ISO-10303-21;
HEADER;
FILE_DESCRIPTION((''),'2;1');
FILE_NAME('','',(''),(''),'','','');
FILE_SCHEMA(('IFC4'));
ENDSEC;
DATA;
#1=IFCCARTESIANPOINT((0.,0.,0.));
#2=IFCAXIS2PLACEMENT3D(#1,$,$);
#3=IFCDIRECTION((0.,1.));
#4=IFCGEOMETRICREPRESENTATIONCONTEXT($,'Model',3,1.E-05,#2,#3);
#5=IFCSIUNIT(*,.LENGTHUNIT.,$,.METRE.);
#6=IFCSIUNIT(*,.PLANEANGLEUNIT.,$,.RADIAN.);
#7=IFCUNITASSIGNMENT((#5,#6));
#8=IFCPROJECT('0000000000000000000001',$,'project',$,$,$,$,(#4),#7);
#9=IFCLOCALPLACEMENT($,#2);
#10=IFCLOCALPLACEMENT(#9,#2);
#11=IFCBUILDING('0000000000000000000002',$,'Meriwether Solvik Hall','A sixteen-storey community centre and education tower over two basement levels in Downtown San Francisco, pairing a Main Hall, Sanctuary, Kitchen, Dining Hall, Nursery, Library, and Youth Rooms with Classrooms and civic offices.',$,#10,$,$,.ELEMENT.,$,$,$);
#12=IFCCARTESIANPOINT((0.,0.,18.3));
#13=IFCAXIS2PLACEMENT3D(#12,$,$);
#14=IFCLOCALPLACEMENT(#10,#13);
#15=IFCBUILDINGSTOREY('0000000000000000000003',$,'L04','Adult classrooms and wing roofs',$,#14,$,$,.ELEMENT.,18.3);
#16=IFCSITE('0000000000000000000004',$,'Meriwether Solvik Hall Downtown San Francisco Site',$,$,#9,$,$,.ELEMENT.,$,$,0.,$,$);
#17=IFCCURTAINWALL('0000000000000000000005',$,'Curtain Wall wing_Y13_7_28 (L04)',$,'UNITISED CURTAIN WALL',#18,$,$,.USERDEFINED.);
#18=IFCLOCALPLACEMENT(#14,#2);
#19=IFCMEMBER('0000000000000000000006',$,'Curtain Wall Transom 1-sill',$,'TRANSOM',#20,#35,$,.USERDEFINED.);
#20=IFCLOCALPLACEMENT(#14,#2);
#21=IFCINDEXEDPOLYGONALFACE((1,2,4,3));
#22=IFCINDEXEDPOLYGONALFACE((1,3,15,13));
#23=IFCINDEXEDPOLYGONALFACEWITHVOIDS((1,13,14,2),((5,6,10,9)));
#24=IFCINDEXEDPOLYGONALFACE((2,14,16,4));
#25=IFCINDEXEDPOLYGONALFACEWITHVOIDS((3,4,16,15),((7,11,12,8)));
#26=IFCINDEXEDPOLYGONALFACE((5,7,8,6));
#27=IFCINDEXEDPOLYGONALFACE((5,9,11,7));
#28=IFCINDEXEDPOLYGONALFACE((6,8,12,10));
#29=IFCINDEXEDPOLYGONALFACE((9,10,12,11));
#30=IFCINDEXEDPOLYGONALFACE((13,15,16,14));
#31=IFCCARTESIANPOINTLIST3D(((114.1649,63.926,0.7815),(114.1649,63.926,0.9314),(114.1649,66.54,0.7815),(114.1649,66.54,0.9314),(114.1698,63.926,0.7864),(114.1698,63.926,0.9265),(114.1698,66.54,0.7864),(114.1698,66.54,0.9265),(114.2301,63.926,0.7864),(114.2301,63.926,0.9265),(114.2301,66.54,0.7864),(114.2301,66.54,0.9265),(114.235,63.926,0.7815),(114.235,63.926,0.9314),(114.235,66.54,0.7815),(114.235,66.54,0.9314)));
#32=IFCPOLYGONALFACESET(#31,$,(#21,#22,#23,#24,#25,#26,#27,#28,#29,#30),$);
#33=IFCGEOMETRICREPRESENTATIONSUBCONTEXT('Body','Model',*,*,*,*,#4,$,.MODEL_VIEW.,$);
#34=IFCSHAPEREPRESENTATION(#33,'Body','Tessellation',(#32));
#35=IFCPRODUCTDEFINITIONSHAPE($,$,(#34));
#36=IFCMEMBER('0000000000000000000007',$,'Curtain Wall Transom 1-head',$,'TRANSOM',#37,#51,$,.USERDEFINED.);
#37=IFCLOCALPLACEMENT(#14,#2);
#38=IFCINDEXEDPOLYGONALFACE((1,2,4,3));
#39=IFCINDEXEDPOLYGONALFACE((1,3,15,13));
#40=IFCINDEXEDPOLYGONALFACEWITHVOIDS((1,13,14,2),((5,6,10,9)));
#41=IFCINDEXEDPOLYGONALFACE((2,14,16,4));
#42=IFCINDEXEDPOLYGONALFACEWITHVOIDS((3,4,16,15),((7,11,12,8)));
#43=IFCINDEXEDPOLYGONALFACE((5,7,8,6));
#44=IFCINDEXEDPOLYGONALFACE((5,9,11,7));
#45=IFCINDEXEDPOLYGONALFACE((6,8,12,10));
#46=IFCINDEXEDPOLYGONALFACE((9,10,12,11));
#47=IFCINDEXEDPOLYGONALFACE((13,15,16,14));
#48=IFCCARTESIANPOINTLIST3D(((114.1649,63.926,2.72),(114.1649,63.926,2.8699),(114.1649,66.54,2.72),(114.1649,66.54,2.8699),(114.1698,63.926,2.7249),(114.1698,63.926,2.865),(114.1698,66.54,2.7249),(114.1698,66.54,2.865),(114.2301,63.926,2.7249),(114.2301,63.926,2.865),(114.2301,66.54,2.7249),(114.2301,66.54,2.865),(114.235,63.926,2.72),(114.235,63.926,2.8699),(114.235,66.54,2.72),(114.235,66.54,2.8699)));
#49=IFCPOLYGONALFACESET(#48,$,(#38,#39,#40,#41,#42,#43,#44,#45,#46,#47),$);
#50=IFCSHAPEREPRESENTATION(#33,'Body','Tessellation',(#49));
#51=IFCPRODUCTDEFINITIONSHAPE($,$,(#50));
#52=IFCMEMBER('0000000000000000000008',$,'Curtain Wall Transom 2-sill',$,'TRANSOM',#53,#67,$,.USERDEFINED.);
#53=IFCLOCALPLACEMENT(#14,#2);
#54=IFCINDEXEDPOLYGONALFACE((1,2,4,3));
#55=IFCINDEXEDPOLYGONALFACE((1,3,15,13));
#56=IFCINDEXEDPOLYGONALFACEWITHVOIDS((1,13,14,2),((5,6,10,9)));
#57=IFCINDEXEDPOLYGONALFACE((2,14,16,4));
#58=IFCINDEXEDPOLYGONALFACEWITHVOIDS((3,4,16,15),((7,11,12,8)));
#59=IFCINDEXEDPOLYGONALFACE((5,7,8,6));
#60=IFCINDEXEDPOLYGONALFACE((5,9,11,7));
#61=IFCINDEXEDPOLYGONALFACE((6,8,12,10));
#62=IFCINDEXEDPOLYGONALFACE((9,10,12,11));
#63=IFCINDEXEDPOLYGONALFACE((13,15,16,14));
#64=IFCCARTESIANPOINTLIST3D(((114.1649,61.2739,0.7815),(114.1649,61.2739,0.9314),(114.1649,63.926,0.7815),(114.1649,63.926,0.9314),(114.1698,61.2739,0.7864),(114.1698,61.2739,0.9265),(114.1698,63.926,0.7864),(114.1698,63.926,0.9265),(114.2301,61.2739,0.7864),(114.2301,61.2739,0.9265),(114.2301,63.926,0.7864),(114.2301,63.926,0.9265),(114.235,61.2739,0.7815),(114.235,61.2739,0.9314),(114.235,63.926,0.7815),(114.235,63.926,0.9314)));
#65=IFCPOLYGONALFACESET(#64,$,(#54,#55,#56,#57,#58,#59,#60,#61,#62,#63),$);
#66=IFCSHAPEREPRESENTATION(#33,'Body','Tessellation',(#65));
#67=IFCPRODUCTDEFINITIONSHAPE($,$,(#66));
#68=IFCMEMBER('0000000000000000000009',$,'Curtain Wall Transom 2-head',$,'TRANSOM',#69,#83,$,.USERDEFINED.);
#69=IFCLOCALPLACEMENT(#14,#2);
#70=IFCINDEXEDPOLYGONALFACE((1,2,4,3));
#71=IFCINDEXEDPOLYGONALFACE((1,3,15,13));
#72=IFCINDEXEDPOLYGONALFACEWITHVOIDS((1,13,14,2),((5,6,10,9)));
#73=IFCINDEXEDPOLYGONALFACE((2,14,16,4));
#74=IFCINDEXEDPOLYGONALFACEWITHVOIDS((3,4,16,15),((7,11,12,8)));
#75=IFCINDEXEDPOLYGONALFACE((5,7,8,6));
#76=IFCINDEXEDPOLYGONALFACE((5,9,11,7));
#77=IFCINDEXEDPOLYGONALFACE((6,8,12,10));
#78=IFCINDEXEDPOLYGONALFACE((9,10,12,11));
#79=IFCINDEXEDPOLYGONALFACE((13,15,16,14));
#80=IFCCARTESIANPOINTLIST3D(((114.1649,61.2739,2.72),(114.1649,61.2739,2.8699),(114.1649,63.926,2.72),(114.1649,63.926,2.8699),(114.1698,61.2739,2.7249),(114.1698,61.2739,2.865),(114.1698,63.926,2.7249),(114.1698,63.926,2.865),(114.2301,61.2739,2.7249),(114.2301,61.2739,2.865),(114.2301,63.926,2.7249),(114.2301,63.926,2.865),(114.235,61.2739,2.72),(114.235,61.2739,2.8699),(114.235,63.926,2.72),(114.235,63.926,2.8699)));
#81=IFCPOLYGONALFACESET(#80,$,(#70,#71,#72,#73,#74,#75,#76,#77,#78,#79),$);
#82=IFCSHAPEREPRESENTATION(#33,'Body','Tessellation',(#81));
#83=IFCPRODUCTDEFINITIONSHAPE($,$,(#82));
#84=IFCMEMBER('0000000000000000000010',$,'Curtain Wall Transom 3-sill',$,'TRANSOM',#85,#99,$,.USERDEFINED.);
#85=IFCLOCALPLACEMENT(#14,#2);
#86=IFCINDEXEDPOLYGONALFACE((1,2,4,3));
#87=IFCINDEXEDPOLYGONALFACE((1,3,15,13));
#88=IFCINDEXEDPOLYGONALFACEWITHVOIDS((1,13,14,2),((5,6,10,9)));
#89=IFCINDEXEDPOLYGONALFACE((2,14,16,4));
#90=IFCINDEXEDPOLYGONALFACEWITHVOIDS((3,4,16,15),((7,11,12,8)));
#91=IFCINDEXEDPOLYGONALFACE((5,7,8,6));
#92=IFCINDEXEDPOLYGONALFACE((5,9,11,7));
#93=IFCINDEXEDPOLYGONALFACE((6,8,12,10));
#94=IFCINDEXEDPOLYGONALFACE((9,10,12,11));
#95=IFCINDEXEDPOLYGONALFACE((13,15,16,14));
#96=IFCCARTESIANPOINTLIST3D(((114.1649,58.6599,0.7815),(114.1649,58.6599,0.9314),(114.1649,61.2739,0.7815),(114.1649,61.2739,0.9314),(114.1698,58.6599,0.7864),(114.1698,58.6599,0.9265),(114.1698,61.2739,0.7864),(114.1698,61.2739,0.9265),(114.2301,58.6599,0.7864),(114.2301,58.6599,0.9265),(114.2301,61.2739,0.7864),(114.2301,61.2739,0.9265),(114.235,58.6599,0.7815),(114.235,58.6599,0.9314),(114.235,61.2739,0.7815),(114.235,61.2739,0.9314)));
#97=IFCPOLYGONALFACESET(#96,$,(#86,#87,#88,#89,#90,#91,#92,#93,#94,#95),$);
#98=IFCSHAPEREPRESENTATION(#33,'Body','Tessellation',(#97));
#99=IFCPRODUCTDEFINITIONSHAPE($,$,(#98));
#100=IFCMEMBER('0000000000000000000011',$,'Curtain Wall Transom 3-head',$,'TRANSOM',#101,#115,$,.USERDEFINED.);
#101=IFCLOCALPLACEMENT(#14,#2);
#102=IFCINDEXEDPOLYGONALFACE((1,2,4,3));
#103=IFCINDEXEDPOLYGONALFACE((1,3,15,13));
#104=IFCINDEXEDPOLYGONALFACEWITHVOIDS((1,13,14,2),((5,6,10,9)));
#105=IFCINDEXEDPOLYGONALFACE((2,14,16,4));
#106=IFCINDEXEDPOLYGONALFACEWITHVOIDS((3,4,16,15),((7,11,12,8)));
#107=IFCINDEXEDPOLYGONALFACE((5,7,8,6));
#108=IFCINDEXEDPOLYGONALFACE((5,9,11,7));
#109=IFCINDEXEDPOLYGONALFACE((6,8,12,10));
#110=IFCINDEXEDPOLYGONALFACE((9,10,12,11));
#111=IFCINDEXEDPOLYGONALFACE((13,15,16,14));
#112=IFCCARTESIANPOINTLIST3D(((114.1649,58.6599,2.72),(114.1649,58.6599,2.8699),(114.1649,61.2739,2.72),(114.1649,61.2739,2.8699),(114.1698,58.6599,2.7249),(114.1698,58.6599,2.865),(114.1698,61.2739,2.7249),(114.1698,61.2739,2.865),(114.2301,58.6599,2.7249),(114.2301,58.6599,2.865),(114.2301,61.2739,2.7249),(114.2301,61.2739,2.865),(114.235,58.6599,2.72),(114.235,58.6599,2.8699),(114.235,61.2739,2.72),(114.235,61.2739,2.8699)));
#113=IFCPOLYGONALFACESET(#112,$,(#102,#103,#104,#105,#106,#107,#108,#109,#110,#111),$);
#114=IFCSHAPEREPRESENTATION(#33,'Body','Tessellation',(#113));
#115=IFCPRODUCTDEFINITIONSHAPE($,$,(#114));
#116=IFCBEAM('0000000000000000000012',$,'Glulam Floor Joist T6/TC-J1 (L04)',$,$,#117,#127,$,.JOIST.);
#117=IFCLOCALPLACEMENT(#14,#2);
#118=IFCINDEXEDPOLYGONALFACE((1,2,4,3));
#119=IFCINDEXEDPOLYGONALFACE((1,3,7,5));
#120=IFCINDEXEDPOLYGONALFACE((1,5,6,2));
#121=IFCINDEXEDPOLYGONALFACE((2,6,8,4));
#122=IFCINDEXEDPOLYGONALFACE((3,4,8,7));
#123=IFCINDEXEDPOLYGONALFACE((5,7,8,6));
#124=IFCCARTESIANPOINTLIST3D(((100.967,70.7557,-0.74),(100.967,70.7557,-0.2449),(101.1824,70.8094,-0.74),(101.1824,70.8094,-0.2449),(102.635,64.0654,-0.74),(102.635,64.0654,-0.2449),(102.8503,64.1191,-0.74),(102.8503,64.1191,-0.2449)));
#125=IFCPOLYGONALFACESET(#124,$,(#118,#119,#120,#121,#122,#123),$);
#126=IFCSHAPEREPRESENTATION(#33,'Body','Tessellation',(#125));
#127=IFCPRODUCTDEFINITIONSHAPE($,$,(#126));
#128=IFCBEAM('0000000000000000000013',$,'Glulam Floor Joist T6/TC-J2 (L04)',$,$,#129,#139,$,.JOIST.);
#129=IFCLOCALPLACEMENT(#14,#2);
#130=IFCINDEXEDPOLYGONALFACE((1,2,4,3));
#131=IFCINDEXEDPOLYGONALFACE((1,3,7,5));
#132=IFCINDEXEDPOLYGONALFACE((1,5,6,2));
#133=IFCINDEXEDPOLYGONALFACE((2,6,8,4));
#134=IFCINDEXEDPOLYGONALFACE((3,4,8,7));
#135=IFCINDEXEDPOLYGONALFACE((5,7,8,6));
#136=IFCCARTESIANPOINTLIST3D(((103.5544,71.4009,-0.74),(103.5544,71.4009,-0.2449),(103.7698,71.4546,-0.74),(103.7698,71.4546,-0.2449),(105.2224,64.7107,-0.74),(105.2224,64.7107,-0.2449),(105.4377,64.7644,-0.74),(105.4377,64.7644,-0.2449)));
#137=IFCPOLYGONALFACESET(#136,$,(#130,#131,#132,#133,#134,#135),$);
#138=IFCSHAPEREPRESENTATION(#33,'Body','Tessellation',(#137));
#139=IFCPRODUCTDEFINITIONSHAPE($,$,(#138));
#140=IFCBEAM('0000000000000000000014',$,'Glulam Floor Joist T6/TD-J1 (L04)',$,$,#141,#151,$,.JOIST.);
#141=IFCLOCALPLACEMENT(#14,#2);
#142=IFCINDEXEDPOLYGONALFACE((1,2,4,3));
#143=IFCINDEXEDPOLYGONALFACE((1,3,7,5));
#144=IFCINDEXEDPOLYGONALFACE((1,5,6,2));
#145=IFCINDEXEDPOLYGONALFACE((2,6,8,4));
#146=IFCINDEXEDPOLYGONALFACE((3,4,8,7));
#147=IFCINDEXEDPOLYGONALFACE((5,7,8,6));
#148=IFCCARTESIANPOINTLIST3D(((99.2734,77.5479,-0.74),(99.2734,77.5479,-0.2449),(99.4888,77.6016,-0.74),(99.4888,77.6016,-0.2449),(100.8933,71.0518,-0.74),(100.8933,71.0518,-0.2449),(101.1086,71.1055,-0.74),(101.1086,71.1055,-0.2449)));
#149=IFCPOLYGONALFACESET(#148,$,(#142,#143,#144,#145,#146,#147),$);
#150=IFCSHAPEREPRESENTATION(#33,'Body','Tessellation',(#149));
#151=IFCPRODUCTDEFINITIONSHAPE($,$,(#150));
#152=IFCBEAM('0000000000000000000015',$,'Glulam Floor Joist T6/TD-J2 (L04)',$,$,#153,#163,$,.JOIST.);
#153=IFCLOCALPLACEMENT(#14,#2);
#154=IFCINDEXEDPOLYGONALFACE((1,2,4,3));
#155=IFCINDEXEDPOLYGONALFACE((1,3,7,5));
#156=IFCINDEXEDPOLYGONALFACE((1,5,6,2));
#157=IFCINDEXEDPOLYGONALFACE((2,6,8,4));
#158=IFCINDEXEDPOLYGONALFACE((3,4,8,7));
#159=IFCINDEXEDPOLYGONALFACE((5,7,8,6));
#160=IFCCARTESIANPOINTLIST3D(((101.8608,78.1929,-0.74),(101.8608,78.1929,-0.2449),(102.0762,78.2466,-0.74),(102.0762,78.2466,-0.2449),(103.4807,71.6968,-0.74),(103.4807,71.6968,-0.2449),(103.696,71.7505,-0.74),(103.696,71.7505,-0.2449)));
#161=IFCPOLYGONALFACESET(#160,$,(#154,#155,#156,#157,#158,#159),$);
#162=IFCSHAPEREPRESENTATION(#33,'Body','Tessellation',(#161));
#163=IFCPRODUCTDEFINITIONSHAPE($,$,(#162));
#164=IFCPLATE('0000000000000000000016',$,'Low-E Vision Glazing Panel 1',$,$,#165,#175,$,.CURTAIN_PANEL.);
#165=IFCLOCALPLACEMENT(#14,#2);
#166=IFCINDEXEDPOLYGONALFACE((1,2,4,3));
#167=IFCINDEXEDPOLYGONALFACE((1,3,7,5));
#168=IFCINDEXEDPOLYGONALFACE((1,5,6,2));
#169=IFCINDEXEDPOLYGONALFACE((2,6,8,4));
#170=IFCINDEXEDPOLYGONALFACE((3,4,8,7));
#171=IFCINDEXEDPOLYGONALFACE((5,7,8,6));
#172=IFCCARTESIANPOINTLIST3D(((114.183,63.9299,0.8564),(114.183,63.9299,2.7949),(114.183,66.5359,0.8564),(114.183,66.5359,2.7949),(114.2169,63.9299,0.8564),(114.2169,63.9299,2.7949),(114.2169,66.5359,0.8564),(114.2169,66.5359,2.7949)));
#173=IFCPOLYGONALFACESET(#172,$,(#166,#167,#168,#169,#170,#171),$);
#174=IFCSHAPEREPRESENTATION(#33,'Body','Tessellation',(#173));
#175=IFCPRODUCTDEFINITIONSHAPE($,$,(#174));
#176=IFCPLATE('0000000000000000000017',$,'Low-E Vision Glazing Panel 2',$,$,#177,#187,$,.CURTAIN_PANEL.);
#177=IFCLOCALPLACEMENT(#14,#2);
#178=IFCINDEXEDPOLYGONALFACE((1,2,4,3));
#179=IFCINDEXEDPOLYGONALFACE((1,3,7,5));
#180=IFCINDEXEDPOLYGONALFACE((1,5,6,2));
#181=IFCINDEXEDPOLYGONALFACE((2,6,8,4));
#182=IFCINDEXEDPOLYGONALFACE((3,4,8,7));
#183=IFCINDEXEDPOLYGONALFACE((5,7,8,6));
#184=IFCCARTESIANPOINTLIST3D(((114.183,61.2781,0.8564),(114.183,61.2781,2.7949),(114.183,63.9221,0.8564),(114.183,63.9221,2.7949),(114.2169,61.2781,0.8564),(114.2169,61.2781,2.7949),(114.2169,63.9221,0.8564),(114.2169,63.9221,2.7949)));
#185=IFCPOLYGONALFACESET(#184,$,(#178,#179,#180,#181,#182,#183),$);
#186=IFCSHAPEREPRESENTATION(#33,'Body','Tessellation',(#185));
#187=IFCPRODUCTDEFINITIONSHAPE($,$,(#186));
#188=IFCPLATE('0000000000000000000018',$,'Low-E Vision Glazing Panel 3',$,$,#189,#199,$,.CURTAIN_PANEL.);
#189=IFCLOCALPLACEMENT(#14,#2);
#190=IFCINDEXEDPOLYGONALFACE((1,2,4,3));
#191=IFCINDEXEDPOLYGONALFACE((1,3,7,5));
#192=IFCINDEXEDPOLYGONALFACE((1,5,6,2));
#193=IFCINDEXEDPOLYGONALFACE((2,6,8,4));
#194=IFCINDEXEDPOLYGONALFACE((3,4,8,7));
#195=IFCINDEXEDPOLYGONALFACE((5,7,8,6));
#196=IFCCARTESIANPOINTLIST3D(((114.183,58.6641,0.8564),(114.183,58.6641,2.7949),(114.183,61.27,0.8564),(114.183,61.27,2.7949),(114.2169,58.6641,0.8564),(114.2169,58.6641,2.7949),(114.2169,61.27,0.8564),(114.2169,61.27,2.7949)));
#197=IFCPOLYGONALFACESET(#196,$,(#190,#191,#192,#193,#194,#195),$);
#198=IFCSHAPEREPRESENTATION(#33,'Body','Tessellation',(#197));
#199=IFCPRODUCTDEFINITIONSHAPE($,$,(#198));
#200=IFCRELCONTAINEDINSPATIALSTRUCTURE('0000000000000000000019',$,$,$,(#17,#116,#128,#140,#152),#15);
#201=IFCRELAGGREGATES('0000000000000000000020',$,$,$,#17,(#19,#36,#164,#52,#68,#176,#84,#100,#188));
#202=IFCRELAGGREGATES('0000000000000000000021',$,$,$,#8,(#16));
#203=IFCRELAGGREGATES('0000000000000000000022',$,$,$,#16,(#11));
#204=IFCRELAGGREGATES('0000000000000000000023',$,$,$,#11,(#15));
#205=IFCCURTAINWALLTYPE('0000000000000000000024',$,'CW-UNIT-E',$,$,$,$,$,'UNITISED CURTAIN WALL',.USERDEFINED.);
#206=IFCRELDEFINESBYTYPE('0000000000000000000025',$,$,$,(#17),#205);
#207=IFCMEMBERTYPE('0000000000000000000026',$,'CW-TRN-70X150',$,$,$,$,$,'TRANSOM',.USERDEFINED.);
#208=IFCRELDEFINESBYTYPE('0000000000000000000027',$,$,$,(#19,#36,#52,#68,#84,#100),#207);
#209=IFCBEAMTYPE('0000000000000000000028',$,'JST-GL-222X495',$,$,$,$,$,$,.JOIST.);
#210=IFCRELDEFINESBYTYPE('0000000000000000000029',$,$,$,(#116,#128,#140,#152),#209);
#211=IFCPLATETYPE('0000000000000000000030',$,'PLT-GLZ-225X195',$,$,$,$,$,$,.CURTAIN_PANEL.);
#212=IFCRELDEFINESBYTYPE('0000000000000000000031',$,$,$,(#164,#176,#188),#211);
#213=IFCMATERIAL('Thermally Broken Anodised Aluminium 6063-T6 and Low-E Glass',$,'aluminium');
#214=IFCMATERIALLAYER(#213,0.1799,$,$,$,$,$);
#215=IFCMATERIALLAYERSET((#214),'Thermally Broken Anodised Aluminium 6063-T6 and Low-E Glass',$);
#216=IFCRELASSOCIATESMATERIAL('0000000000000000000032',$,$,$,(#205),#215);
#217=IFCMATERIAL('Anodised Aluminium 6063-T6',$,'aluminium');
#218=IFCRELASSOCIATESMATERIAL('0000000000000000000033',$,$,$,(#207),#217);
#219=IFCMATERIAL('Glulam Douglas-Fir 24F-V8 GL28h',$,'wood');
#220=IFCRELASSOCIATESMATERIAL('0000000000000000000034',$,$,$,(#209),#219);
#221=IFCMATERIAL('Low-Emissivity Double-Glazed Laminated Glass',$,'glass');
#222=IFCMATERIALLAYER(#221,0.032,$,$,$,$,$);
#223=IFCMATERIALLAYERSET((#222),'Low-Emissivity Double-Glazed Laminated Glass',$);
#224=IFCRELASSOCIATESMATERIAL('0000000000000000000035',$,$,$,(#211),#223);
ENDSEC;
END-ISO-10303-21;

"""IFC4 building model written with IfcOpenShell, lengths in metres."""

from ifc_helpers import new_model, si_unit, direction, frame, origin, origin_2d, place, context, subcontext, project, spatial, rectangle, hollow_rectangle, extrude, material, layer, layer_set, material_profile, profile_set, type_object, element, aggregate, save


model = new_model("IFC4")

# Units and contexts
model_context = context("Model", 3, precision=1e-05, world=origin(), true_north=direction((0.0, 1.0)))
body_context = subcontext(model_context, "Body", "Model", "MODEL_VIEW")
ifc_project = project(units=[si_unit("LENGTHUNIT", "METRE"), si_unit("PLANEANGLEUNIT", "RADIAN")], contexts=[model_context])

# Site, building, storey
site_placement = place(None, origin())
site = spatial("IfcSite", under=ifc_project, at=site_placement, Name="Meriwether Solvik Hall Downtown San Francisco Site", CompositionType="ELEMENT", RefElevation=0.0)
building_placement = place(site_placement, origin())
building = spatial("IfcBuilding", under=site, at=building_placement, Name="Meriwether Solvik Hall", Description="A sixteen-storey community centre and education tower over two basement levels in Downtown San Francisco, pairing a Main Hall, Sanctuary, Kitchen, Dining Hall, Nursery, Library, and Youth Rooms with Classrooms and civic offices.", CompositionType="ELEMENT")
storey_placement = place(building_placement, frame((0.0, 0.0, 18.3)))
storey = spatial("IfcBuildingStorey", under=building, at=storey_placement, Name="L04", Description="Adult classrooms and wing roofs", CompositionType="ELEMENT", Elevation=18.3)

# Curtain wall, members
ifc_material_1 = material(Name="Thermally Broken Anodised Aluminium 6063-T6 and Low-E Glass", Category="aluminium")
ifc_layer_1 = layer(ifc_material_1, 0.1799)
ifc_layer_set_1 = layer_set([ifc_layer_1], Name="Thermally Broken Anodised Aluminium 6063-T6 and Low-E Glass")
curtain_wall_type = type_object("IfcCurtainWallType", Name="CW-UNIT-E", ElementType="UNITISED CURTAIN WALL", PredefinedType="USERDEFINED", material=ifc_layer_set_1)
curtain_wall_placement = place(storey_placement, origin())
curtain_wall = element("IfcCurtainWall", 1, at=curtain_wall_placement, inside=storey, type_object=curtain_wall_type, Name="Curtain Wall wing_Y13_7_28 (L04)", ObjectType="UNITISED CURTAIN WALL", PredefinedType="USERDEFINED")
ifc_material_2 = material(Name="Anodised Aluminium 6063-T6", Category="aluminium")
ifc_material_profile_1 = material_profile(ifc_material_2, hollow_rectangle(XDim=0.0701, YDim=0.1499, WallThickness=0.0049, at=origin_2d()), Name="CWT-70X150")
ifc_profile_set_1 = profile_set([ifc_material_profile_1], Name="Anodised Aluminium 6063-T6")
member_type_1 = type_object("IfcMemberType", Name="CW-TRN-70X150", ElementType="TRANSOM", PredefinedType="USERDEFINED", material=ifc_profile_set_1)
member_1_placement = place(storey_placement, frame((114.2, 66.54, 0.8564), z_axis=(0.0, -1.0, 0.0), x_axis=(1.0, 0.0, 0.0)))
member_1 = element("IfcMember", 2, at=member_1_placement, type_object=member_type_1, Name="Curtain Wall Transom 1-sill", ObjectType="TRANSOM", PredefinedType="USERDEFINED", context=body_context, shape_type="SweptSolid", body=[
    extrude(hollow_rectangle(XDim=0.0701, YDim=0.1499, WallThickness=0.0049, at=origin_2d()), origin(), (0.0, 0.0, 1.0), 2.614),
])
member_2_placement = place(storey_placement, frame((114.2, 66.54, 2.7949), z_axis=(0.0, -1.0, 0.0), x_axis=(1.0, 0.0, 0.0)))
member_2 = element("IfcMember", 3, at=member_2_placement, type_object=member_type_1, Name="Curtain Wall Transom 1-head", ObjectType="TRANSOM", PredefinedType="USERDEFINED", context=body_context, shape_type="SweptSolid", body=[
    extrude(hollow_rectangle(XDim=0.0701, YDim=0.1499, WallThickness=0.0049, at=origin_2d()), origin(), (0.0, 0.0, 1.0), 2.614),
])
member_3_placement = place(storey_placement, frame((114.2, 63.926, 0.8564), z_axis=(0.0, -1.0, 0.0), x_axis=(1.0, 0.0, 0.0)))
member_3 = element("IfcMember", 4, at=member_3_placement, type_object=member_type_1, Name="Curtain Wall Transom 2-sill", ObjectType="TRANSOM", PredefinedType="USERDEFINED", context=body_context, shape_type="SweptSolid", body=[
    extrude(hollow_rectangle(XDim=0.0701, YDim=0.1499, WallThickness=0.0049, at=origin_2d()), origin(), (0.0, 0.0, 1.0), 2.6521),
])
member_4_placement = place(storey_placement, frame((114.2, 63.926, 2.7949), z_axis=(0.0, -1.0, 0.0), x_axis=(1.0, 0.0, 0.0)))
member_4 = element("IfcMember", 5, at=member_4_placement, type_object=member_type_1, Name="Curtain Wall Transom 2-head", ObjectType="TRANSOM", PredefinedType="USERDEFINED", context=body_context, shape_type="SweptSolid", body=[
    extrude(hollow_rectangle(XDim=0.0701, YDim=0.1499, WallThickness=0.0049, at=origin_2d()), origin(), (0.0, 0.0, 1.0), 2.6521),
])
member_5_placement = place(storey_placement, frame((114.2, 61.2739, 0.8564), z_axis=(0.0, -1.0, 0.0), x_axis=(1.0, 0.0, 0.0)))
member_5 = element("IfcMember", 6, at=member_5_placement, type_object=member_type_1, Name="Curtain Wall Transom 3-sill", ObjectType="TRANSOM", PredefinedType="USERDEFINED", context=body_context, shape_type="SweptSolid", body=[
    extrude(hollow_rectangle(XDim=0.0701, YDim=0.1499, WallThickness=0.0049, at=origin_2d()), origin(), (0.0, 0.0, 1.0), 2.614),
])
member_6_placement = place(storey_placement, frame((114.2, 61.2739, 2.7949), z_axis=(0.0, -1.0, 0.0), x_axis=(1.0, 0.0, 0.0)))
member_6 = element("IfcMember", 7, at=member_6_placement, type_object=member_type_1, Name="Curtain Wall Transom 3-head", ObjectType="TRANSOM", PredefinedType="USERDEFINED", context=body_context, shape_type="SweptSolid", body=[
    extrude(hollow_rectangle(XDim=0.0701, YDim=0.1499, WallThickness=0.0049, at=origin_2d()), origin(), (0.0, 0.0, 1.0), 2.614),
])

# Beams
ifc_material_3 = material(Name="Glulam Douglas-Fir 24F-V8 GL28h", Category="wood")
ifc_material_profile_2 = material_profile(ifc_material_3, rectangle(XDim=0.2219, YDim=0.4951, at=origin_2d()), Name="GLJ-222X495")
ifc_profile_set_2 = profile_set([ifc_material_profile_2], Name="Glulam Douglas-Fir 24F-V8 GL28h")
beam_type_1 = type_object("IfcBeamType", Name="JST-GL-222X495", PredefinedType="JOIST", material=ifc_profile_set_2)
for number, where, z_axis, x_axis, name in (
    (8, (102.7427, 64.0923, -0.4924), (-0.241911, 0.970299, 0.0), (-0.970299, -0.241911, 0.0), "Glulam Floor Joist T6/TC-J1 (L04)"),
    (9, (105.3301, 64.7375, -0.4924), (-0.241911, 0.970299, 0.0), (-0.970299, -0.241911, 0.0), "Glulam Floor Joist T6/TC-J2 (L04)"),
):
    element("IfcBeam", number, at=place(storey_placement, frame(where, z_axis=z_axis, x_axis=x_axis)), inside=storey, type_object=beam_type_1, Name=name, PredefinedType="JOIST", context=body_context, shape_type="SweptSolid", body=[
        extrude(rectangle(XDim=0.2219, YDim=0.4951, at=origin_2d()), origin(), (0.0, 0.0, 1.0), 6.895),
    ])
for number, where, z_axis, x_axis, name in (
    (10, (101.001, 71.0786, -0.4924), (-0.241952, 0.970288, 0.0), (-0.970288, -0.241952, 0.0), "Glulam Floor Joist T6/TD-J1 (L04)"),
    (11, (103.5884, 71.7236, -0.4924), (-0.241952, 0.970288, 0.0), (-0.970288, -0.241952, 0.0), "Glulam Floor Joist T6/TD-J2 (L04)"),
):
    element("IfcBeam", number, at=place(storey_placement, frame(where, z_axis=z_axis, x_axis=x_axis)), inside=storey, type_object=beam_type_1, Name=name, PredefinedType="JOIST", context=body_context, shape_type="SweptSolid", body=[
        extrude(rectangle(XDim=0.2219, YDim=0.4951, at=origin_2d()), origin(), (0.0, 0.0, 1.0), 6.6951),
    ])

# Plates
ifc_material_4 = material(Name="Low-Emissivity Double-Glazed Laminated Glass", Category="glass")
ifc_layer_2 = layer(ifc_material_4, 0.032)
ifc_layer_set_2 = layer_set([ifc_layer_2], Name="Low-Emissivity Double-Glazed Laminated Glass")
plate_type_1 = type_object("IfcPlateType", Name="PLT-GLZ-225X195", PredefinedType="CURTAIN_PANEL", material=ifc_layer_set_2)
plate_1_placement = place(storey_placement, frame((114.2, 65.2329, 0.8564), z_axis=(0.0, 0.0, 1.0), x_axis=(0.0, -1.0, 0.0)))
plate_1 = element("IfcPlate", 12, at=plate_1_placement, type_object=plate_type_1, Name="Low-E Vision Glazing Panel 1", PredefinedType="CURTAIN_PANEL", context=body_context, shape_type="SweptSolid", body=[
    extrude(rectangle(XDim=2.606, YDim=0.0339, at=origin_2d()), origin(), (0.0, 0.0, 1.0), 1.9385),
])
plate_2_placement = place(storey_placement, frame((114.2, 62.6001, 0.8564), z_axis=(0.0, 0.0, 1.0), x_axis=(0.0, -1.0, 0.0)))
plate_2 = element("IfcPlate", 13, at=plate_2_placement, type_object=plate_type_1, Name="Low-E Vision Glazing Panel 2", PredefinedType="CURTAIN_PANEL", context=body_context, shape_type="SweptSolid", body=[
    extrude(rectangle(XDim=2.644, YDim=0.0339, at=origin_2d()), origin(), (0.0, 0.0, 1.0), 1.9385),
])
plate_3_placement = place(storey_placement, frame((114.2, 59.967, 0.8564), z_axis=(0.0, 0.0, 1.0), x_axis=(0.0, -1.0, 0.0)))
plate_3 = element("IfcPlate", 14, at=plate_3_placement, type_object=plate_type_1, Name="Low-E Vision Glazing Panel 3", PredefinedType="CURTAIN_PANEL", context=body_context, shape_type="SweptSolid", body=[
    extrude(rectangle(XDim=2.606, YDim=0.0339, at=origin_2d()), origin(), (0.0, 0.0, 1.0), 1.9385),
])
aggregate(curtain_wall, [member_1, member_2, plate_1, member_3, member_4, plate_2, member_5, member_6, plate_3])

save(model, "model.ifc")
